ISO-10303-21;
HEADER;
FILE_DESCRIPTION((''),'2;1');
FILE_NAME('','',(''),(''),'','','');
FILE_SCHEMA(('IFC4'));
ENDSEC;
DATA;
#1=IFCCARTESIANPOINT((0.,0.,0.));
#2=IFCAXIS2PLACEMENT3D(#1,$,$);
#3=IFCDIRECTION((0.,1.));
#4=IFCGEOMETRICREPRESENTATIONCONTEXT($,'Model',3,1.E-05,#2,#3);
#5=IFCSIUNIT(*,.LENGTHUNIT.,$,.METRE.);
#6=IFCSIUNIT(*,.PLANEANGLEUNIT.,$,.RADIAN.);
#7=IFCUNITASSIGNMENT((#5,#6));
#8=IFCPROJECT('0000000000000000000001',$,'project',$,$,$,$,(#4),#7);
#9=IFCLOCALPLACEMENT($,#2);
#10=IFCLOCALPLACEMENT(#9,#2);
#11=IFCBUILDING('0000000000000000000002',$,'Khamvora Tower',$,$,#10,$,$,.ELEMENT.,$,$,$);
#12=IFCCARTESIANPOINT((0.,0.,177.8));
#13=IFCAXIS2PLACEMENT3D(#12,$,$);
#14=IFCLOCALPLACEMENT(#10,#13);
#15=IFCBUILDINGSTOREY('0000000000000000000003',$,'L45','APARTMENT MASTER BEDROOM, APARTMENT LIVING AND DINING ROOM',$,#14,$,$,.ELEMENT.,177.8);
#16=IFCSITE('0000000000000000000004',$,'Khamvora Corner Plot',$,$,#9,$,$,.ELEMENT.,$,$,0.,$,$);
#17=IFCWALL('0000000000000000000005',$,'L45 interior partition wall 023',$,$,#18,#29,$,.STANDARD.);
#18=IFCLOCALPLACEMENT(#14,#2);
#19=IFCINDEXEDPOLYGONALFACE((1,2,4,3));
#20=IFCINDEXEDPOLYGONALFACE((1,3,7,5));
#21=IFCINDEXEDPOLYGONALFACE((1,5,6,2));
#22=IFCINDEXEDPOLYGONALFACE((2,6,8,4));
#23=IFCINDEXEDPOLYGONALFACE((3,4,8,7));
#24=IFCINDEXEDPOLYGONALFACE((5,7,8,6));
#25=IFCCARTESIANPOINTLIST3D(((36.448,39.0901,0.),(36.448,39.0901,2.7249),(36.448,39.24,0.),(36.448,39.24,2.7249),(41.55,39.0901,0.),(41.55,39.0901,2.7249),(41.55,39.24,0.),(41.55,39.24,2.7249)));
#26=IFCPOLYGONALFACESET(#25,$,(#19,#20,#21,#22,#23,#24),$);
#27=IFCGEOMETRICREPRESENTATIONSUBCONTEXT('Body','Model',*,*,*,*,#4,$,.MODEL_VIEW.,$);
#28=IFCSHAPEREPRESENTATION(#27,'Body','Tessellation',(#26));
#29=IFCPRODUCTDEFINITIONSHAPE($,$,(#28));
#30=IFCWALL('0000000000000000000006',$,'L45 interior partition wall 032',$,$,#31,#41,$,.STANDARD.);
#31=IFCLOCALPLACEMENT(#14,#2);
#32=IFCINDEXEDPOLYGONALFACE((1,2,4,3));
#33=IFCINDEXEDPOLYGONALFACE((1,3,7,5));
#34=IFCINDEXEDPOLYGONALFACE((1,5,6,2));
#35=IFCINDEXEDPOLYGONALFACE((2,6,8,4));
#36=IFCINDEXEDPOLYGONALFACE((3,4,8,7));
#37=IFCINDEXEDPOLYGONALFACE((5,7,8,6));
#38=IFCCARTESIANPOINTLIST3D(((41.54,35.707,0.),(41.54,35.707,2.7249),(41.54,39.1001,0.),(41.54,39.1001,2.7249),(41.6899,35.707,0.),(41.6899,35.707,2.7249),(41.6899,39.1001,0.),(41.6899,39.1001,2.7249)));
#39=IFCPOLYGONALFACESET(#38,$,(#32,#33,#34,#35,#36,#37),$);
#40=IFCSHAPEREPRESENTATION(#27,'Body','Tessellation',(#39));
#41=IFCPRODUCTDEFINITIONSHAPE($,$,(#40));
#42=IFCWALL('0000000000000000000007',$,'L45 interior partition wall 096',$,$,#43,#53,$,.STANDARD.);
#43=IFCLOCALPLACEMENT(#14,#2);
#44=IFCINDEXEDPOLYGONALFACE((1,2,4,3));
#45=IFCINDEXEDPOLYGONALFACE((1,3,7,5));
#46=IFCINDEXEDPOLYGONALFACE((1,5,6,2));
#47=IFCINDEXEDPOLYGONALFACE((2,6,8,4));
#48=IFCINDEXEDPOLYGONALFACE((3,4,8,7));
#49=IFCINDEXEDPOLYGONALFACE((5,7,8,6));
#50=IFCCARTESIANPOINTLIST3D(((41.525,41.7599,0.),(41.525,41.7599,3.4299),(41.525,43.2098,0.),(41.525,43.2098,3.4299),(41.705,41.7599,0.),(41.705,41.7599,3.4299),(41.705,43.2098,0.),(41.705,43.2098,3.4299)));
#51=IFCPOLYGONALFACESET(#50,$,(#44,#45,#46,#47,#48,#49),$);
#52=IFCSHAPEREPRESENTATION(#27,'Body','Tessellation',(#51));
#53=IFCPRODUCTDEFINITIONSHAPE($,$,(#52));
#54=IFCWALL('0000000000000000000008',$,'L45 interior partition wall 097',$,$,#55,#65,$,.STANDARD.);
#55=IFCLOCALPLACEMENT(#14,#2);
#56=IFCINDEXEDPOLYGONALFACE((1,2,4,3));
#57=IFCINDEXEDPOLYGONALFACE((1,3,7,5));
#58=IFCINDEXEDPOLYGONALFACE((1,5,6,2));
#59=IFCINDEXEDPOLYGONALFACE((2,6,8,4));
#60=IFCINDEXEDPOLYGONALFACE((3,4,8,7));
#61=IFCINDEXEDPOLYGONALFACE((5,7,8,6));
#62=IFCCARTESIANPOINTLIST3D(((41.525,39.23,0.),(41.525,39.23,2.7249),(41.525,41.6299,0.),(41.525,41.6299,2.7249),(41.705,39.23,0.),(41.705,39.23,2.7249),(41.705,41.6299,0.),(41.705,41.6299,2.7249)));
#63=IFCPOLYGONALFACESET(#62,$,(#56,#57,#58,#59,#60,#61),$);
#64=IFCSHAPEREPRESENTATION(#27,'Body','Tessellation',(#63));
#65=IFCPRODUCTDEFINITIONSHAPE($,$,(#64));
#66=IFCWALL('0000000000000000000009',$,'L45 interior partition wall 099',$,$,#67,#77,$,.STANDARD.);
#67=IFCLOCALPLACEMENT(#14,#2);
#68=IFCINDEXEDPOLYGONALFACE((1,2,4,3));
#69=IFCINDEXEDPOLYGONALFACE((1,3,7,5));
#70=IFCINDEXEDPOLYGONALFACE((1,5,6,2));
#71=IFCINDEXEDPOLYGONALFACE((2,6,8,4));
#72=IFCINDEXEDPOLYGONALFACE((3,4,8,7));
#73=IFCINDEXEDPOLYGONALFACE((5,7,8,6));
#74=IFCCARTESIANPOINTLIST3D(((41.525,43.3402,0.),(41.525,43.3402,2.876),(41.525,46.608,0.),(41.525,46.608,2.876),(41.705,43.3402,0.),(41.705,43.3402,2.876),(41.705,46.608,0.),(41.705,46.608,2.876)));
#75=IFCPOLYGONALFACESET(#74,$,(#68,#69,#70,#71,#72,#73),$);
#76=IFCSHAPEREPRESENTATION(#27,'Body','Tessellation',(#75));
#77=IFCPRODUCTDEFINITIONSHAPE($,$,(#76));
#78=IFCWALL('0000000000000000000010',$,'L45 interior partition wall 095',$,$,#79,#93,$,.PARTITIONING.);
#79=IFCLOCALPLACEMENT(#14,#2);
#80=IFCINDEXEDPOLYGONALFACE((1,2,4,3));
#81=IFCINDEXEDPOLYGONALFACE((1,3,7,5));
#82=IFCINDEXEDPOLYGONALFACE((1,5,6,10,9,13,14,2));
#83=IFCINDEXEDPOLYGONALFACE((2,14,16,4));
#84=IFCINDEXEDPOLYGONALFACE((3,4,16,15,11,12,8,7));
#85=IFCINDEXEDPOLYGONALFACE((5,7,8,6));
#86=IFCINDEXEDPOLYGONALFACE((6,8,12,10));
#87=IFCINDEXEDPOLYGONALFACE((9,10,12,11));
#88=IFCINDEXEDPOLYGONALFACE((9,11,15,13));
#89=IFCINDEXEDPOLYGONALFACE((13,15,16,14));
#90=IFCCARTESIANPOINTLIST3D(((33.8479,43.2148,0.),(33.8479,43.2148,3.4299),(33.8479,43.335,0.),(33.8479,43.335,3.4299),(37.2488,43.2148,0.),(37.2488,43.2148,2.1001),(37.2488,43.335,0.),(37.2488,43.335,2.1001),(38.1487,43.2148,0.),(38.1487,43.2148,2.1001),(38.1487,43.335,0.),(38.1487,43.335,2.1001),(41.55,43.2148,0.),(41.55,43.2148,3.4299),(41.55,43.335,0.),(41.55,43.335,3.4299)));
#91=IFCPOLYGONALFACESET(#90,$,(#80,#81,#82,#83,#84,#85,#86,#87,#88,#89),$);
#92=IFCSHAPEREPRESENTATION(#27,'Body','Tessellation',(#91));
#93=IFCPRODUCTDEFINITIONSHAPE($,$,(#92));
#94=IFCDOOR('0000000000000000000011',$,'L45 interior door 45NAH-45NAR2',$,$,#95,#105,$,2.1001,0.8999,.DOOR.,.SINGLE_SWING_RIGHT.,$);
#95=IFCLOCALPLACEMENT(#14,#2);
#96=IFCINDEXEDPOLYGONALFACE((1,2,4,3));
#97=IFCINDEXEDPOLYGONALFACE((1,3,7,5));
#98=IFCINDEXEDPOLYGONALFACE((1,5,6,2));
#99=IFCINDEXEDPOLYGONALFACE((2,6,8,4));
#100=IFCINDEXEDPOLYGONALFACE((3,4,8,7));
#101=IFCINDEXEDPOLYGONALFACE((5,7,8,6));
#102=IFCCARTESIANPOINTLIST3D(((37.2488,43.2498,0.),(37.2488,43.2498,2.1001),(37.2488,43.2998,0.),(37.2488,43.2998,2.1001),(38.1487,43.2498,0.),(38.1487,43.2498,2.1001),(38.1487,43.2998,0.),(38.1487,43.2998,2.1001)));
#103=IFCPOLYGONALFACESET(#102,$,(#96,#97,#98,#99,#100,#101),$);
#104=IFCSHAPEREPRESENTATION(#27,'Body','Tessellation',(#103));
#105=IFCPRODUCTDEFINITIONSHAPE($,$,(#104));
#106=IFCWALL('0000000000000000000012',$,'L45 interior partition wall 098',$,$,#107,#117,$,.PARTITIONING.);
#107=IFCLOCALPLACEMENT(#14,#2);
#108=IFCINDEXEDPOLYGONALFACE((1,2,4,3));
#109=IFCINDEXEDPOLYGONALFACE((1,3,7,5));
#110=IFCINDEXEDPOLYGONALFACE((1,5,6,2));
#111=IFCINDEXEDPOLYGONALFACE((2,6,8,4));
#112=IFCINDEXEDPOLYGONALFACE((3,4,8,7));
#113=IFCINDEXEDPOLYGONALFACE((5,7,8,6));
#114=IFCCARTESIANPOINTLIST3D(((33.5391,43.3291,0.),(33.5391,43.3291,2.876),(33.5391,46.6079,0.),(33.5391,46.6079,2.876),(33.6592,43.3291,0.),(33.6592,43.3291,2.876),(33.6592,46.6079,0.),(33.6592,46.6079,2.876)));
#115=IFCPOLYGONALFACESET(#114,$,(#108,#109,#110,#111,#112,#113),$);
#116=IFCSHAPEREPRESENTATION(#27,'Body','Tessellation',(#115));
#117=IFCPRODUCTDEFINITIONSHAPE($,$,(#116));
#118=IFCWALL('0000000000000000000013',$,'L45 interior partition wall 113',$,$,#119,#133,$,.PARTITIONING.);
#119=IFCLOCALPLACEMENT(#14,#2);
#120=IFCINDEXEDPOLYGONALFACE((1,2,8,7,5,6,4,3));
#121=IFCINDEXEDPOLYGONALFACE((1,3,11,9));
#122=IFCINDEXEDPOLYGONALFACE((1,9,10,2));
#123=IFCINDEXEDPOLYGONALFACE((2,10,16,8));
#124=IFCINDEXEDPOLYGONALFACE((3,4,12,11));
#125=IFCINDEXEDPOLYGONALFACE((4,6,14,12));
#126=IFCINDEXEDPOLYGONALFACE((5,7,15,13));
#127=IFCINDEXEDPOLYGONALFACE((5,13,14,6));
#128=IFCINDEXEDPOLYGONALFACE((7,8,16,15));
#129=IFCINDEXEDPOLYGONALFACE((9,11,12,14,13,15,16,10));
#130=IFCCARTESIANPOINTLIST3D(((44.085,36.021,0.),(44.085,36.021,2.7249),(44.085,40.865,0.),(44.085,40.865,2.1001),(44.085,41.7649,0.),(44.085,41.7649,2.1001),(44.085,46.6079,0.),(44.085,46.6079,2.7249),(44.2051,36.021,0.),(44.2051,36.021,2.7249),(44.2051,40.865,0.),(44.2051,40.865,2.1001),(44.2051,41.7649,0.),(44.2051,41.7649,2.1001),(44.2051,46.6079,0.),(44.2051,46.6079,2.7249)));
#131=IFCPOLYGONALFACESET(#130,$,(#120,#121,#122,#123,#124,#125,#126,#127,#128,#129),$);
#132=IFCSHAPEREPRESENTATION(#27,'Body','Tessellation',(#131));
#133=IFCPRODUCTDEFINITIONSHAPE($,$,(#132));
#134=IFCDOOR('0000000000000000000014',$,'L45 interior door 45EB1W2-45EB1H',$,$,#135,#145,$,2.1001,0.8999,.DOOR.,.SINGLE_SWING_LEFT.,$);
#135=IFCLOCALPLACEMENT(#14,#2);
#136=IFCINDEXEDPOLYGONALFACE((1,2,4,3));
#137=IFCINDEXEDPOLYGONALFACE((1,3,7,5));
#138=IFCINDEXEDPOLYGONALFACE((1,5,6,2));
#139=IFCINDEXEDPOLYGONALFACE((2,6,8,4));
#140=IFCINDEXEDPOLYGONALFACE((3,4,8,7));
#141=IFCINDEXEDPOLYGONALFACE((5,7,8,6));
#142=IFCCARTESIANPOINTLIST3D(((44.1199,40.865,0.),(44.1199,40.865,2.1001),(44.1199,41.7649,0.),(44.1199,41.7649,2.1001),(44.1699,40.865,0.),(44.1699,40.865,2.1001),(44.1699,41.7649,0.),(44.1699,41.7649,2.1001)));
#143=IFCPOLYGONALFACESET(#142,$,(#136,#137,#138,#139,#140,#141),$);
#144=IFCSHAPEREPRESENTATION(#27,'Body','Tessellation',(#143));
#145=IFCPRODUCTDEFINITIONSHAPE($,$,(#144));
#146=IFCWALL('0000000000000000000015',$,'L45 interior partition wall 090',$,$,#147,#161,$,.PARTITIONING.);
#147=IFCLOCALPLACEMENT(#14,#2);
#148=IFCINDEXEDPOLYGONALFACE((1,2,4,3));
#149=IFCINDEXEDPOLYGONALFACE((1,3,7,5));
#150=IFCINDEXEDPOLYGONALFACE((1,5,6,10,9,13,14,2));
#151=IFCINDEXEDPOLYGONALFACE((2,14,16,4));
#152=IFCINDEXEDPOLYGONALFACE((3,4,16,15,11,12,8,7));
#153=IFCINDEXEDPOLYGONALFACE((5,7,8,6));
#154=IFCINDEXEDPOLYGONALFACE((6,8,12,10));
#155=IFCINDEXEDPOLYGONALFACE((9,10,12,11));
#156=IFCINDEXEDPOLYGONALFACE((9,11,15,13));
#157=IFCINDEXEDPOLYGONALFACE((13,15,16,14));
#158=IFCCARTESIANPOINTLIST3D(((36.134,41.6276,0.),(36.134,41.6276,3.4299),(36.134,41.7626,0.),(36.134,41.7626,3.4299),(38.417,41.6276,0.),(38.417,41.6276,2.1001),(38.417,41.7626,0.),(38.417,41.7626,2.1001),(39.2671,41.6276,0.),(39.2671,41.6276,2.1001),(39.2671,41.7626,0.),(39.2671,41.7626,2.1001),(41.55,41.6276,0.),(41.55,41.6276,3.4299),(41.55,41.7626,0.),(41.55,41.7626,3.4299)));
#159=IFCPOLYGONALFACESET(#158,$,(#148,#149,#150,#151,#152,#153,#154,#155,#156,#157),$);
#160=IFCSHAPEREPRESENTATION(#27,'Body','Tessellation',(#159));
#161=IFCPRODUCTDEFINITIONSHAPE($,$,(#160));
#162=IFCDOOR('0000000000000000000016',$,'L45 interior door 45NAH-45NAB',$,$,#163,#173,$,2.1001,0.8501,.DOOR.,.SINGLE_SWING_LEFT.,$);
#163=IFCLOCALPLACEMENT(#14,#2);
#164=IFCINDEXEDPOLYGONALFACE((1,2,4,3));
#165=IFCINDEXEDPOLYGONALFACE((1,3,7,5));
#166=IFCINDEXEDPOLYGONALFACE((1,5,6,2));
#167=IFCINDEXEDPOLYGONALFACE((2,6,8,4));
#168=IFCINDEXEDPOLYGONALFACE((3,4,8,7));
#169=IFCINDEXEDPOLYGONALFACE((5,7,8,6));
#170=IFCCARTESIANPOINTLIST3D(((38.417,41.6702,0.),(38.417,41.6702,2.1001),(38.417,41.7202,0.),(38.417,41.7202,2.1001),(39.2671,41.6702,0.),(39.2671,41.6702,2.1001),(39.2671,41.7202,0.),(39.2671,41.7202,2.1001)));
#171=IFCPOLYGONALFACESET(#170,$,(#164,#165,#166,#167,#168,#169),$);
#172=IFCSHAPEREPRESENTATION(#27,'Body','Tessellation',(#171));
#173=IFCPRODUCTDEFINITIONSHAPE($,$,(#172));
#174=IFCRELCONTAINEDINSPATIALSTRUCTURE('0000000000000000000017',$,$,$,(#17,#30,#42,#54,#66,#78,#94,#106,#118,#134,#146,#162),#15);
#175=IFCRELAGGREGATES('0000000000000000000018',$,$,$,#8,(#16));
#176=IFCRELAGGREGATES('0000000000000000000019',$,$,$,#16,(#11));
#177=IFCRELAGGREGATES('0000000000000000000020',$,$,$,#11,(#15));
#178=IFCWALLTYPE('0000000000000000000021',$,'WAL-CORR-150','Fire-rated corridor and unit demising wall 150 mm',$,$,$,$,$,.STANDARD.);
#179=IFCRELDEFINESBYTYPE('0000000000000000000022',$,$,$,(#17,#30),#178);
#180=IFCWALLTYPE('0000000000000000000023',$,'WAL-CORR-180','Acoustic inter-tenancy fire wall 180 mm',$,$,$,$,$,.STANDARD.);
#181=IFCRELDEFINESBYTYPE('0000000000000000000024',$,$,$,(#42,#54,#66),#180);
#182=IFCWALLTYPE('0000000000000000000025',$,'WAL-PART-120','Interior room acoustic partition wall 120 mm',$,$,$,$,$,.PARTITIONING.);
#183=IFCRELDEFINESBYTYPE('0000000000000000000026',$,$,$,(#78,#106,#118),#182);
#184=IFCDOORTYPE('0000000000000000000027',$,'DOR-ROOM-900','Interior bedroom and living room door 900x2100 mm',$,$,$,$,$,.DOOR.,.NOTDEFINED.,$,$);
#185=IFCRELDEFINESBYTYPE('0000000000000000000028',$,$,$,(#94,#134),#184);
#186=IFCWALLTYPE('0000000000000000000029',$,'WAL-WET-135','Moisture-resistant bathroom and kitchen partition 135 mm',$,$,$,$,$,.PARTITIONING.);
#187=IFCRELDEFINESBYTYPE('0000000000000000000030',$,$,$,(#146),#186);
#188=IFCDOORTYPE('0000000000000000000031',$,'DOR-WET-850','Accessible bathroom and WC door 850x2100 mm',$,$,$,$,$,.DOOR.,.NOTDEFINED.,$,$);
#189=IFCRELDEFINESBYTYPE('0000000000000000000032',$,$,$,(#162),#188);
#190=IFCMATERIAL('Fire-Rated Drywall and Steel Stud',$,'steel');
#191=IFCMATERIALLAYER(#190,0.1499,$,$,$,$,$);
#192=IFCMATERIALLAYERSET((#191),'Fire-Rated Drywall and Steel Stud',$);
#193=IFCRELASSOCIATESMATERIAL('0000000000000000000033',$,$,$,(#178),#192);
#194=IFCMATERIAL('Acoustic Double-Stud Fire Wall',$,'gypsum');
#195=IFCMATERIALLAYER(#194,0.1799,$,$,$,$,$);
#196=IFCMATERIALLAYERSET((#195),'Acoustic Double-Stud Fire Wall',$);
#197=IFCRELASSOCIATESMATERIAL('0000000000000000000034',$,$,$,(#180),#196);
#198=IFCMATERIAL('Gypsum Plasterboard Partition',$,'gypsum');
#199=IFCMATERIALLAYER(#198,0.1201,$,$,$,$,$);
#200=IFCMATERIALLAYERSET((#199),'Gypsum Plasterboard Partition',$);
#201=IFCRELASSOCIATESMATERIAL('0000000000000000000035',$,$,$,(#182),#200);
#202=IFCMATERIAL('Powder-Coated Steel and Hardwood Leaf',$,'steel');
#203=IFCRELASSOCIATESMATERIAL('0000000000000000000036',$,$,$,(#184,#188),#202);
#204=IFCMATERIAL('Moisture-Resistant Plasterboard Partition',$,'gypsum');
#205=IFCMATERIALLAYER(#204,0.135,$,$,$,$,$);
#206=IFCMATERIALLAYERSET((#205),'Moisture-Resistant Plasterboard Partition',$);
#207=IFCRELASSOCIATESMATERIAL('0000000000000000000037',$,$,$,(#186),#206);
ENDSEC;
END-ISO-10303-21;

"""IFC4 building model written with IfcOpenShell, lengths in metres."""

from ifc_helpers import new_model, si_unit, direction, frame, frame_2d, origin, place, context, subcontext, project, spatial, rectangle, extrude, material, layer, layer_set, type_object, element, fill, save


model = new_model("IFC4")

# Units and contexts
model_context = context("Model", 3, precision=1e-05, world=origin(), true_north=direction((0.0, 1.0)))
body_context = subcontext(model_context, "Body", "Model", "MODEL_VIEW")
ifc_project = project(units=[si_unit("LENGTHUNIT", "METRE"), si_unit("PLANEANGLEUNIT", "RADIAN")], contexts=[model_context])

# Site, building, storey
site_placement = place(None, origin())
site = spatial("IfcSite", under=ifc_project, at=site_placement, Name="Khamvora Corner Plot", CompositionType="ELEMENT", RefElevation=0.0)
building_placement = place(site_placement, origin())
building = spatial("IfcBuilding", under=site, at=building_placement, Name="Khamvora Tower", CompositionType="ELEMENT")
storey_placement = place(building_placement, frame((0.0, 0.0, 177.8)))
storey = spatial("IfcBuildingStorey", under=building, at=storey_placement, Name="L45", Description="APARTMENT MASTER BEDROOM, APARTMENT LIVING AND DINING ROOM", CompositionType="ELEMENT", Elevation=177.8)

# Shared definitions
ifc_material_1 = material(Name="Fire-Rated Drywall and Steel Stud", Category="steel")
ifc_layer_1 = layer(ifc_material_1, 0.1499)
ifc_layer_set_1 = layer_set([ifc_layer_1], Name="Fire-Rated Drywall and Steel Stud")
wall_type_1 = type_object("IfcWallType", Name="WAL-CORR-150", Description="Fire-rated corridor and unit demising wall 150 mm", PredefinedType="STANDARD", material=ifc_layer_set_1)
ifc_material_2 = material(Name="Powder-Coated Steel and Hardwood Leaf", Category="steel")

# Walls
wall_1_placement = place(storey_placement, frame((36.448, 39.165, 0.0), z_axis=(0.0, 0.0, 1.0), x_axis=(1.0, 0.0, 0.0)))
element("IfcWall", 1, at=wall_1_placement, inside=storey, type_object=wall_type_1, Name="L45 interior partition wall 023", PredefinedType="STANDARD", context=body_context, shape_type="SweptSolid", body=[
    extrude(rectangle(XDim=5.1021, YDim=0.1499, at=frame_2d((2.551, 0.0))), origin(), (0.0, 0.0, 1.0), 2.7249),
])
wall_2_placement = place(storey_placement, frame((41.615, 39.1001, 0.0), z_axis=(0.0, 0.0, 1.0), x_axis=(0.0, -1.0, 0.0)))
element("IfcWall", 2, at=wall_2_placement, inside=storey, type_object=wall_type_1, Name="L45 interior partition wall 032", PredefinedType="STANDARD", context=body_context, shape_type="SweptSolid", body=[
    extrude(rectangle(XDim=3.3931, YDim=0.1499, at=frame_2d((1.6965, 0.0))), origin(), (0.0, 0.0, 1.0), 2.7249),
])
ifc_material_3 = material(Name="Acoustic Double-Stud Fire Wall", Category="gypsum")
ifc_layer_2 = layer(ifc_material_3, 0.1799)
ifc_layer_set_2 = layer_set([ifc_layer_2], Name="Acoustic Double-Stud Fire Wall")
wall_type_2 = type_object("IfcWallType", Name="WAL-CORR-180", Description="Acoustic inter-tenancy fire wall 180 mm", PredefinedType="STANDARD", material=ifc_layer_set_2)
wall_3_placement = place(storey_placement, frame((41.615, 43.21, 0.0), z_axis=(0.0, 0.0, 1.0), x_axis=(0.0, -1.0, 0.0)))
element("IfcWall", 3, at=wall_3_placement, inside=storey, type_object=wall_type_2, Name="L45 interior partition wall 096", PredefinedType="STANDARD", context=body_context, shape_type="SweptSolid", body=[
    extrude(rectangle(XDim=1.45, YDim=0.1799, at=frame_2d((0.7251, 0.0))), origin(), (0.0, 0.0, 1.0), 3.4299),
])
wall_4_placement = place(storey_placement, frame((41.615, 41.6299, 0.0), z_axis=(0.0, 0.0, 1.0), x_axis=(0.0, -1.0, 0.0)))
element("IfcWall", 4, at=wall_4_placement, inside=storey, type_object=wall_type_2, Name="L45 interior partition wall 097", PredefinedType="STANDARD", context=body_context, shape_type="SweptSolid", body=[
    extrude(rectangle(XDim=2.3999, YDim=0.1799, at=frame_2d((1.2, 0.0))), origin(), (0.0, 0.0, 1.0), 2.7249),
])
wall_5_placement = place(storey_placement, frame((41.615, 46.6079, 0.0), z_axis=(0.0, 0.0, 1.0), x_axis=(0.0, -1.0, 0.0)))
element("IfcWall", 5, at=wall_5_placement, inside=storey, type_object=wall_type_2, Name="L45 interior partition wall 099", PredefinedType="STANDARD", context=body_context, shape_type="SweptSolid", body=[
    extrude(rectangle(XDim=3.2678, YDim=0.1799, at=frame_2d((1.6338, 0.0))), origin(), (0.0, 0.0, 1.0), 2.876),
])

# Wall, opening, door
ifc_material_4 = material(Name="Gypsum Plasterboard Partition", Category="gypsum")
ifc_layer_3 = layer(ifc_material_4, 0.1201)
ifc_layer_set_3 = layer_set([ifc_layer_3], Name="Gypsum Plasterboard Partition")
wall_type_3 = type_object("IfcWallType", Name="WAL-PART-120", Description="Interior room acoustic partition wall 120 mm", PredefinedType="PARTITIONING", material=ifc_layer_set_3)
wall_6_placement = place(storey_placement, frame((33.8479, 43.2749, 0.0), z_axis=(0.0, 0.0, 1.0), x_axis=(1.0, 0.0, 0.0)))
wall_6 = element("IfcWall", 6, at=wall_6_placement, inside=storey, type_object=wall_type_3, Name="L45 interior partition wall 095", PredefinedType="PARTITIONING", context=body_context, shape_type="SweptSolid", body=[
    extrude(rectangle(XDim=7.7021, YDim=0.1201, at=frame_2d((3.8511, 0.0))), origin(), (0.0, 0.0, 1.0), 3.4299),
])
opening_1_placement = place(wall_6_placement, frame((3.4009, 0.0, 0.0)))
opening_1 = element("IfcOpeningElement", 7, at=opening_1_placement, cuts=wall_6, PredefinedType="OPENING", context=body_context, shape_type="SweptSolid", body=[
    extrude(rectangle(XDim=0.8999, YDim=2.1001, at=frame_2d((0.45, 1.05))), frame((0.0, 0.0701, 0.0), z_axis=(0.0, -1.0, 0.0), x_axis=(1.0, 0.0, 0.0)), (0.0, 0.0, 1.0), 0.1401),
])
door_type_1 = type_object("IfcDoorType", Name="DOR-ROOM-900", Description="Interior bedroom and living room door 900x2100 mm", OperationType="NOTDEFINED", PredefinedType="DOOR", material=ifc_material_2)
door_1_placement = place(opening_1_placement, origin())
door_1 = element("IfcDoor", 8, at=door_1_placement, inside=storey, type_object=door_type_1, Name="L45 interior door 45NAH-45NAR2", OperationType="SINGLE_SWING_RIGHT", OverallHeight=2.1001, OverallWidth=0.8999, PredefinedType="DOOR", context=body_context, shape_type="SweptSolid", body=[
    extrude(rectangle(XDim=0.8999, YDim=2.1001, at=frame_2d((0.45, 1.05))), frame((0.0, 0.0249, 0.0), z_axis=(0.0, -1.0, 0.0), x_axis=(1.0, 0.0, 0.0)), (0.0, 0.0, 1.0), 0.05),
])
fill(opening_1, door_1)

# Wall
wall_7_placement = place(storey_placement, frame((33.5991, 46.6079, 0.0), z_axis=(0.0, 0.0, 1.0), x_axis=(0.0, -1.0, 0.0)))
element("IfcWall", 9, at=wall_7_placement, inside=storey, type_object=wall_type_3, Name="L45 interior partition wall 098", PredefinedType="PARTITIONING", context=body_context, shape_type="SweptSolid", body=[
    extrude(rectangle(XDim=3.2788, YDim=0.1201, at=frame_2d((1.6394, 0.0))), origin(), (0.0, 0.0, 1.0), 2.876),
])

# Walls, openings, doors
wall_8_placement = place(storey_placement, frame((44.145, 46.6079, 0.0), z_axis=(0.0, 0.0, 1.0), x_axis=(0.0, -1.0, 0.0)))
wall_8 = element("IfcWall", 10, at=wall_8_placement, inside=storey, type_object=wall_type_3, Name="L45 interior partition wall 113", PredefinedType="PARTITIONING", context=body_context, shape_type="SweptSolid", body=[
    extrude(rectangle(XDim=10.5869, YDim=0.1201, at=frame_2d((5.2935, 0.0))), origin(), (0.0, 0.0, 1.0), 2.7249),
])
opening_2_placement = place(wall_8_placement, frame((4.843, 0.0, 0.0)))
opening_2 = element("IfcOpeningElement", 11, at=opening_2_placement, cuts=wall_8, PredefinedType="OPENING", context=body_context, shape_type="SweptSolid", body=[
    extrude(rectangle(XDim=0.8999, YDim=2.1001, at=frame_2d((0.45, 1.05))), frame((0.0, 0.0701, 0.0), z_axis=(0.0, -1.0, 0.0), x_axis=(1.0, 0.0, 0.0)), (0.0, 0.0, 1.0), 0.1401),
])
door_2_placement = place(opening_2_placement, origin())
door_2 = element("IfcDoor", 12, at=door_2_placement, inside=storey, type_object=door_type_1, Name="L45 interior door 45EB1W2-45EB1H", OperationType="SINGLE_SWING_LEFT", OverallHeight=2.1001, OverallWidth=0.8999, PredefinedType="DOOR", context=body_context, shape_type="SweptSolid", body=[
    extrude(rectangle(XDim=0.8999, YDim=2.1001, at=frame_2d((0.45, 1.05))), frame((0.0, 0.0249, 0.0), z_axis=(0.0, -1.0, 0.0), x_axis=(1.0, 0.0, 0.0)), (0.0, 0.0, 1.0), 0.05),
])
fill(opening_2, door_2)
ifc_material_5 = material(Name="Moisture-Resistant Plasterboard Partition", Category="gypsum")
ifc_layer_4 = layer(ifc_material_5, 0.135)
ifc_layer_set_4 = layer_set([ifc_layer_4], Name="Moisture-Resistant Plasterboard Partition")
wall_type_4 = type_object("IfcWallType", Name="WAL-WET-135", Description="Moisture-resistant bathroom and kitchen partition 135 mm", PredefinedType="PARTITIONING", material=ifc_layer_set_4)
wall_9_placement = place(storey_placement, frame((41.55, 41.6951, 0.0), z_axis=(0.0, 0.0, 1.0), x_axis=(-1.0, 0.0, 0.0)))
wall_9 = element("IfcWall", 13, at=wall_9_placement, inside=storey, type_object=wall_type_4, Name="L45 interior partition wall 090", PredefinedType="PARTITIONING", context=body_context, shape_type="SweptSolid", body=[
    extrude(rectangle(XDim=5.416, YDim=0.135, at=frame_2d((2.708, 0.0))), origin(), (0.0, 0.0, 1.0), 3.4299),
])
opening_3_placement = place(wall_9_placement, frame((2.283, 0.0, 0.0)))
opening_3 = element("IfcOpeningElement", 14, at=opening_3_placement, cuts=wall_9, PredefinedType="OPENING", context=body_context, shape_type="SweptSolid", body=[
    extrude(rectangle(XDim=0.8501, YDim=2.1001, at=frame_2d((0.425, 1.05))), frame((0.0, 0.0774, 0.0), z_axis=(0.0, -1.0, 0.0), x_axis=(1.0, 0.0, 0.0)), (0.0, 0.0, 1.0), 0.155),
])
door_type_2 = type_object("IfcDoorType", Name="DOR-WET-850", Description="Accessible bathroom and WC door 850x2100 mm", OperationType="NOTDEFINED", PredefinedType="DOOR", material=ifc_material_2)
door_3_placement = place(opening_3_placement, origin())
door_3 = element("IfcDoor", 15, at=door_3_placement, inside=storey, type_object=door_type_2, Name="L45 interior door 45NAH-45NAB", OperationType="SINGLE_SWING_LEFT", OverallHeight=2.1001, OverallWidth=0.8501, PredefinedType="DOOR", context=body_context, shape_type="SweptSolid", body=[
    extrude(rectangle(XDim=0.8501, YDim=2.1001, at=frame_2d((0.425, 1.05))), frame((0.0, 0.0249, 0.0), z_axis=(0.0, -1.0, 0.0), x_axis=(1.0, 0.0, 0.0)), (0.0, 0.0, 1.0), 0.05),
])
fill(opening_3, door_3)

save(model, "model.ifc")
